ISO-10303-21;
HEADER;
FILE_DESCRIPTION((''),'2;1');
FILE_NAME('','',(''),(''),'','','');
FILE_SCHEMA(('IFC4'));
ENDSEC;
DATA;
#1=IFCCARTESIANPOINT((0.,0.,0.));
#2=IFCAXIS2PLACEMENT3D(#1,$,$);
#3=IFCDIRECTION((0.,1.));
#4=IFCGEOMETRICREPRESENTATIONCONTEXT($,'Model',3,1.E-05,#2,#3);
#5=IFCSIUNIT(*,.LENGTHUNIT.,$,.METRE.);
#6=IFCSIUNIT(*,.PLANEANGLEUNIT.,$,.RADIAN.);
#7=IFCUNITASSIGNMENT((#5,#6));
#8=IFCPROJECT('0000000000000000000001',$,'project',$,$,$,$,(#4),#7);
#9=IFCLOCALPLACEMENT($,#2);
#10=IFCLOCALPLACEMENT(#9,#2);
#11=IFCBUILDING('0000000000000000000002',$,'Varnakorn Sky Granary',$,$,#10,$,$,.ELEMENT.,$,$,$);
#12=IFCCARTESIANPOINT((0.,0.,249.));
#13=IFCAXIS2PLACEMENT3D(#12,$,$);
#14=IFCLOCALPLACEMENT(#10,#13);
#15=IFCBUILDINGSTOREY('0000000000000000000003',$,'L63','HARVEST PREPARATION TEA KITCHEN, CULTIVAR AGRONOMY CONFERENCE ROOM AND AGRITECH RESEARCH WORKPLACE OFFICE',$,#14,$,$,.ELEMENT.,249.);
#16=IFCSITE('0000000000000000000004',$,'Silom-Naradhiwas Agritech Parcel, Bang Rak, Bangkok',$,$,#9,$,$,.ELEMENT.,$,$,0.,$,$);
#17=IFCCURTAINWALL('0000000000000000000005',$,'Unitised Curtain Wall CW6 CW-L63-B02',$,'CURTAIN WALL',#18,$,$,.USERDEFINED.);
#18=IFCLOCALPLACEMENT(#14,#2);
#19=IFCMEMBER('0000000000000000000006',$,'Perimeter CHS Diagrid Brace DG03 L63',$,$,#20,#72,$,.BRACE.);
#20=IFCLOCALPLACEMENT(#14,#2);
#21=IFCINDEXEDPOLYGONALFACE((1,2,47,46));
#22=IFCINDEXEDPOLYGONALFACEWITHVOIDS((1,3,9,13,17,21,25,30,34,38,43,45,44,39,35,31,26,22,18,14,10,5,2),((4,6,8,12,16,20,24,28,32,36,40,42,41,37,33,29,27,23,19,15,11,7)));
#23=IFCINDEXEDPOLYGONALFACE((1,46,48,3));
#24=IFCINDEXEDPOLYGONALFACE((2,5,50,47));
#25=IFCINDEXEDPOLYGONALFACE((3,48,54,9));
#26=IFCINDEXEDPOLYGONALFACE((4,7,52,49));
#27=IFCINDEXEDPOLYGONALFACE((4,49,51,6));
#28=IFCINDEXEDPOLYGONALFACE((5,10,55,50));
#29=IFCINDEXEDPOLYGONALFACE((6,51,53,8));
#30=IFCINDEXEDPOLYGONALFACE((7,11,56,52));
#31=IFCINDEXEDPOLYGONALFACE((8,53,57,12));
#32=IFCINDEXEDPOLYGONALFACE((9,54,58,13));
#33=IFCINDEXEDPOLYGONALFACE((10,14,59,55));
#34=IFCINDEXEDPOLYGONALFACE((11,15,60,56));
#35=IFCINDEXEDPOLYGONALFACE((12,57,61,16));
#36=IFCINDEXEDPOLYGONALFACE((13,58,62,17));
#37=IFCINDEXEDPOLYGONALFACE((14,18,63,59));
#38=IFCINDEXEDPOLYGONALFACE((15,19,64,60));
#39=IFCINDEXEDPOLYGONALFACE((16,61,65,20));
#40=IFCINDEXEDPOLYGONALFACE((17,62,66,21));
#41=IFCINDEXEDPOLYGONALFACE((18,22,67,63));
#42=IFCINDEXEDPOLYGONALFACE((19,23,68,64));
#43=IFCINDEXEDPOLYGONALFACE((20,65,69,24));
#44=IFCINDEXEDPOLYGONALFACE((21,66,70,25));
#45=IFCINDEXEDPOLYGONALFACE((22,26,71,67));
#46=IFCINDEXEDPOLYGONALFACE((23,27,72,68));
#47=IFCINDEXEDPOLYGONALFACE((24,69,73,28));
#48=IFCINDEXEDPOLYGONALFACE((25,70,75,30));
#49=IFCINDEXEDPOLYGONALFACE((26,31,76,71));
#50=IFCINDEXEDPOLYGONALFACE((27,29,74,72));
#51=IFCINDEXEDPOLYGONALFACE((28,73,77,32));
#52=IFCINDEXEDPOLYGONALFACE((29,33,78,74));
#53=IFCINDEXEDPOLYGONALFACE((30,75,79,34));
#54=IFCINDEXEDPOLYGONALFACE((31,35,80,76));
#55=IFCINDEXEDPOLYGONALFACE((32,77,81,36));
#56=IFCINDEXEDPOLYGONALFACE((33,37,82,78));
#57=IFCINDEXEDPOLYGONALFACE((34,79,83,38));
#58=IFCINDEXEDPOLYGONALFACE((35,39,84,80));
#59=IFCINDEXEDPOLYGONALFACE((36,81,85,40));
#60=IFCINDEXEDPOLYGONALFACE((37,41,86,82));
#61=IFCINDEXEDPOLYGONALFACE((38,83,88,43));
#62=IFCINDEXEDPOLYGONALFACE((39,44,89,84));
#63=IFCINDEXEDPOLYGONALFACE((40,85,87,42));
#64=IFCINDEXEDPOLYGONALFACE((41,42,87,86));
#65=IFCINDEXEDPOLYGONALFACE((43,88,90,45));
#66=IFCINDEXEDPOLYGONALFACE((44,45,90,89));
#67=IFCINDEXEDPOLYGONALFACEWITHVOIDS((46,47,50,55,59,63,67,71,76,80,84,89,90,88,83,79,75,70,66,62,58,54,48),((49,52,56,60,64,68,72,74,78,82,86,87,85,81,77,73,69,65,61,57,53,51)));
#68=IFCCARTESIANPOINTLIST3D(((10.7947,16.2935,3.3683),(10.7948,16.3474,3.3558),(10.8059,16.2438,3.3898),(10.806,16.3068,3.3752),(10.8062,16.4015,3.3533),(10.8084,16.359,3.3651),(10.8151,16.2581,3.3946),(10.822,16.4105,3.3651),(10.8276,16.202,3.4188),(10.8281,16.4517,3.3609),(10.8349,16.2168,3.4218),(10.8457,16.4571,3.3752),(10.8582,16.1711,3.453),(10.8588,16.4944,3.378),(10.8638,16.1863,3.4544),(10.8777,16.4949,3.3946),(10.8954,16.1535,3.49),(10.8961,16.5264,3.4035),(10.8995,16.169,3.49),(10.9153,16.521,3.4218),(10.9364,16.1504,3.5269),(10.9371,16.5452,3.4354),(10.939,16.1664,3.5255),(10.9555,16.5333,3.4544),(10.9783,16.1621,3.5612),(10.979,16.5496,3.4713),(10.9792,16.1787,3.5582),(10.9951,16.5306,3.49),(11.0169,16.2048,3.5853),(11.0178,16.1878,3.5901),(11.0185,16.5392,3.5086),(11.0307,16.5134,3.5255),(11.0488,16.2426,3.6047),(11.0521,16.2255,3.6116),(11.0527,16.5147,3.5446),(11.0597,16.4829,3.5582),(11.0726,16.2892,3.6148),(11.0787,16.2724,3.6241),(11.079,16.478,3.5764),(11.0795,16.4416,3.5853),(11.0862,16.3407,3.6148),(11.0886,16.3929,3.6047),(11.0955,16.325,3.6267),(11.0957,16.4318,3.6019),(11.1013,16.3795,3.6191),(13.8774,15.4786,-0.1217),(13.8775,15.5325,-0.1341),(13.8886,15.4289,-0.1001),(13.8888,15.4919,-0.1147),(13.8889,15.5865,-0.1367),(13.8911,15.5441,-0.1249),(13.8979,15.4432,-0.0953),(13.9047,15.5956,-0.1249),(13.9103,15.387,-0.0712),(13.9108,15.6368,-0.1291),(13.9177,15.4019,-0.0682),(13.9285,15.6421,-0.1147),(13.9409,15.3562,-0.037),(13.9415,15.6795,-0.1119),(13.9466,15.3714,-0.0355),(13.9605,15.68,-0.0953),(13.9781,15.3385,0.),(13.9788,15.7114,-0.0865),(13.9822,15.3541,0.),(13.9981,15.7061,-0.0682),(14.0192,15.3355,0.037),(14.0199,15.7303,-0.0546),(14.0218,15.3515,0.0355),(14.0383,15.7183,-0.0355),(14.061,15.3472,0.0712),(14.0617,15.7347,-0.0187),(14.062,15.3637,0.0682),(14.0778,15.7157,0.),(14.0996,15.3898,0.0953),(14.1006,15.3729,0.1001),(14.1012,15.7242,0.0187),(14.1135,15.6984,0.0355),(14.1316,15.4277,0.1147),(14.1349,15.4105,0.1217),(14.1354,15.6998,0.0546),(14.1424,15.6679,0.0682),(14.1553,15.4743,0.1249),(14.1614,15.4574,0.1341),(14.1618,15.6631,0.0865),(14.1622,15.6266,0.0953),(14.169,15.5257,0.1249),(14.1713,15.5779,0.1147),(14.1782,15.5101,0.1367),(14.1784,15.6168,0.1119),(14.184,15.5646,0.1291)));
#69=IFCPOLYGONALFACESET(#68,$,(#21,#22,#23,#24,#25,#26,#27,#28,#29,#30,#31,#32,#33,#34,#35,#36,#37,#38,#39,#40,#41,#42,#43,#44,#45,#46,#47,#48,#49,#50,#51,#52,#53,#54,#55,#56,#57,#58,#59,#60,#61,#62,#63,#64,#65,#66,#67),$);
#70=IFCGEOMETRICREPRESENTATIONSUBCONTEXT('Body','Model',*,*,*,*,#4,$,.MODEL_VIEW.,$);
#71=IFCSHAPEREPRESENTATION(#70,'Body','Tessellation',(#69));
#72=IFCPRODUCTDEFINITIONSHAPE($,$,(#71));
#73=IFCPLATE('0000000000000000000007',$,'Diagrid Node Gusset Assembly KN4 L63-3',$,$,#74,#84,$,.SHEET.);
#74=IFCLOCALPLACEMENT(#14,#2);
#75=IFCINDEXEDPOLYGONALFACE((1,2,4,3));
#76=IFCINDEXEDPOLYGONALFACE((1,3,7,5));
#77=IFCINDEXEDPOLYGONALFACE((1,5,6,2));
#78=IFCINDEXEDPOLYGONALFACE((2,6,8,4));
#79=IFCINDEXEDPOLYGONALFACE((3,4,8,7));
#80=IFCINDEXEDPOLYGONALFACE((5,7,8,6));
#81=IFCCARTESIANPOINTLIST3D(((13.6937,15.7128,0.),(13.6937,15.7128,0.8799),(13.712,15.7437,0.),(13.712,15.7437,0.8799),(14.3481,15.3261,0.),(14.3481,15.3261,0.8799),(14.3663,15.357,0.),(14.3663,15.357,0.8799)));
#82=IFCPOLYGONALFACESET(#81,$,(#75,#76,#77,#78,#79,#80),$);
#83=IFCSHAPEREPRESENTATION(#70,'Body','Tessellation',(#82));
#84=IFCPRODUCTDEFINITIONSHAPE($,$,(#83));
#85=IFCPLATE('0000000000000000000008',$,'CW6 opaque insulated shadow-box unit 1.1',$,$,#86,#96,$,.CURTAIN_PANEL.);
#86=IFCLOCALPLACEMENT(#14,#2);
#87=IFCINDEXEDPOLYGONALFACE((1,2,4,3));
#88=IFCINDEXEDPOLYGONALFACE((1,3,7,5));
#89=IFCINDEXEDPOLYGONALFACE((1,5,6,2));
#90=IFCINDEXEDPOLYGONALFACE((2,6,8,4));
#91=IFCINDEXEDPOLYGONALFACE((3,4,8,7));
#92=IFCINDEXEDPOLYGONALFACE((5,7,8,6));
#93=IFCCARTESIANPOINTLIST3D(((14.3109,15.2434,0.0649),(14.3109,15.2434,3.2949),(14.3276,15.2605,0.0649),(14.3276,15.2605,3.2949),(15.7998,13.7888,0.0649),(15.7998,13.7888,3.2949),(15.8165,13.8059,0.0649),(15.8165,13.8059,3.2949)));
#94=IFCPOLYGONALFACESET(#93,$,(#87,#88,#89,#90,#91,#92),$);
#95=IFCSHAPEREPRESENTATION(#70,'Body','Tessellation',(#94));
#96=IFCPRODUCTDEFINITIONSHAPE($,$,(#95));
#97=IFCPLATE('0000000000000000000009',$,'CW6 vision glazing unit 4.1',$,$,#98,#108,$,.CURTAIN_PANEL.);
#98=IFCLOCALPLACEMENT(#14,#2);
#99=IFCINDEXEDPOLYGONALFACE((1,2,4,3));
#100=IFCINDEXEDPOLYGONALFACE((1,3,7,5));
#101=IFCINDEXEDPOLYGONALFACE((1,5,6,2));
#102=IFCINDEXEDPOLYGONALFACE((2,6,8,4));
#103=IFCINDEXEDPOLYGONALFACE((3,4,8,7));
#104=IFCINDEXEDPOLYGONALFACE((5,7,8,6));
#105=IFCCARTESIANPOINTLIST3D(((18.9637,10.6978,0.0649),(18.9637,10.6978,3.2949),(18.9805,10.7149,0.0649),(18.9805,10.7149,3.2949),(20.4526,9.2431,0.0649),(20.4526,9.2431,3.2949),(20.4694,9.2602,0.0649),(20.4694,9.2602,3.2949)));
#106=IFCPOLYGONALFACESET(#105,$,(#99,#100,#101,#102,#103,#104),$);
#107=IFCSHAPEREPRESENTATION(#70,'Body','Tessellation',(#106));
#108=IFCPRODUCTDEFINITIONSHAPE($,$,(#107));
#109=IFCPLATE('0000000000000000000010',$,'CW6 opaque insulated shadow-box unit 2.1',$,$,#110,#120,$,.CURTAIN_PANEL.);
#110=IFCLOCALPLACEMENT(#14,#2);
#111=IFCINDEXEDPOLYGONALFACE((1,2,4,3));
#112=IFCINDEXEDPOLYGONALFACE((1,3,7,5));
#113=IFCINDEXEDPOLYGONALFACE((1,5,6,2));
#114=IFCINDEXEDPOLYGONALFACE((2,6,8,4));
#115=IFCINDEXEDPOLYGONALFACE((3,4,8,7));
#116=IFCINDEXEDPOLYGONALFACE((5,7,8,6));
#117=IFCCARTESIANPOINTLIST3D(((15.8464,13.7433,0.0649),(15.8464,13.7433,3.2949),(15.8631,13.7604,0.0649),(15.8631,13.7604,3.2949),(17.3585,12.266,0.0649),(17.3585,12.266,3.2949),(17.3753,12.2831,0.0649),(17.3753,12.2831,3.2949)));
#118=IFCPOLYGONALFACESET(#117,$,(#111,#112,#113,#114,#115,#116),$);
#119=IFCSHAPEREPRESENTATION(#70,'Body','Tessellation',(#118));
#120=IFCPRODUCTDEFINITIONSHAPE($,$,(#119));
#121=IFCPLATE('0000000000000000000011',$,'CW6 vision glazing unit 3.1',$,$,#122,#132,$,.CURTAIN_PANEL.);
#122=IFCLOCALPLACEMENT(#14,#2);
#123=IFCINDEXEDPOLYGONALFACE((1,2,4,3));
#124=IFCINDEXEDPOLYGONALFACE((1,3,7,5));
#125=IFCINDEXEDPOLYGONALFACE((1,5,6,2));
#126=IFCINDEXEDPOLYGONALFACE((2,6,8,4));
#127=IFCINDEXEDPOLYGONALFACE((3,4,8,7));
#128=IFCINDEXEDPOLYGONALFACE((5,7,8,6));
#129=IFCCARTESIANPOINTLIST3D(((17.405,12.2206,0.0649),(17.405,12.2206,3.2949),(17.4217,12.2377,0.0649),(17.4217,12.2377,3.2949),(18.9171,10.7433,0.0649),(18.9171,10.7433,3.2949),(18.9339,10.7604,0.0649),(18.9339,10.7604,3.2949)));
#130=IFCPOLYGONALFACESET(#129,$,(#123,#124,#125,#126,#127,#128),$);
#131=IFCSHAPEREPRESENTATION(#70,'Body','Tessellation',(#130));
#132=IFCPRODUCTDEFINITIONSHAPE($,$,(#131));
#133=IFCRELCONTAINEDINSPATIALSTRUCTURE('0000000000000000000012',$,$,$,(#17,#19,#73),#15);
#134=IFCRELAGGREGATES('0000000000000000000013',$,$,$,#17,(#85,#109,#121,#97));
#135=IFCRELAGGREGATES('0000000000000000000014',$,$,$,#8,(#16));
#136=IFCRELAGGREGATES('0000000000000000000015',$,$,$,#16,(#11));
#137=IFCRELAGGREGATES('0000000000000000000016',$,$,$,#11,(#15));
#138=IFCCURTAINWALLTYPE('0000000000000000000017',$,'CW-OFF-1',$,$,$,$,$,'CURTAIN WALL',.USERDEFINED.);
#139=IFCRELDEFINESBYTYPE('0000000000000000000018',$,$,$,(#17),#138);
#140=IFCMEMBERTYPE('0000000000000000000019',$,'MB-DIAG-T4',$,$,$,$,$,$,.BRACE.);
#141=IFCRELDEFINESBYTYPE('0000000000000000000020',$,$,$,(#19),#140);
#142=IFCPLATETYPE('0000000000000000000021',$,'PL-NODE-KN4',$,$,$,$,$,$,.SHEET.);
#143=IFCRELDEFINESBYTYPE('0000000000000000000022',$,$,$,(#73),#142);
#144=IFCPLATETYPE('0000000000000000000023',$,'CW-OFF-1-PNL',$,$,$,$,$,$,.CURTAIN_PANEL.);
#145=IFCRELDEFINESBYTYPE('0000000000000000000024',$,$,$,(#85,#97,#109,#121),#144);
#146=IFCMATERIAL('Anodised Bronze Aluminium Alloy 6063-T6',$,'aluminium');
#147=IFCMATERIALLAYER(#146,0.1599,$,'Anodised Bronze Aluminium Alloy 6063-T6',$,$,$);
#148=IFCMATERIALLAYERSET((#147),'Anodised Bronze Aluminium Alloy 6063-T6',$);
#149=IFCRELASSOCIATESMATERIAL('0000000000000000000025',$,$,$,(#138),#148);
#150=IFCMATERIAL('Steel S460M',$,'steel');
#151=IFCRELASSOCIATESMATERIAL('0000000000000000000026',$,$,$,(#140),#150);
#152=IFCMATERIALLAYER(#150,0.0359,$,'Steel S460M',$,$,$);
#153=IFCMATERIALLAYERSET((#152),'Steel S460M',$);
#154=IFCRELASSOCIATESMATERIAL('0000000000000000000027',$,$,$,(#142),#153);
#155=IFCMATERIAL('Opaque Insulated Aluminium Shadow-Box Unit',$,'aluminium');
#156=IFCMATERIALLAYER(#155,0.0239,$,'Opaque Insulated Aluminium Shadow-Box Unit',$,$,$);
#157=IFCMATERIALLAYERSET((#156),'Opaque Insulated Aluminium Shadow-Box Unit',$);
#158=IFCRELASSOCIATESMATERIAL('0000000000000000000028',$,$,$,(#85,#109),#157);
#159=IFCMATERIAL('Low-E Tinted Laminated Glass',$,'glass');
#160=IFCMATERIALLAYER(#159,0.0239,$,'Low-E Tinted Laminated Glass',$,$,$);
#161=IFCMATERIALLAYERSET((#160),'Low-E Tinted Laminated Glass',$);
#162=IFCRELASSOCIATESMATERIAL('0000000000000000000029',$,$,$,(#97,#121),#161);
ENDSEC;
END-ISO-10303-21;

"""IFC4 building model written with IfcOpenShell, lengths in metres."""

from ifc_helpers import new_model, si_unit, direction, frame, origin, origin_2d, place, context, subcontext, project, spatial, rectangle, hollow_circle, extrude, source, transform, mapped, material, layer, layer_set, material_profile, profile_set, type_object, type_shapes, element, aggregate, save


model = new_model("IFC4")

# Units and contexts
model_context = context("Model", 3, precision=1e-05, world=origin(), true_north=direction((0.0, 1.0)))
body_context = subcontext(model_context, "Body", "Model", "MODEL_VIEW")
ifc_project = project(units=[si_unit("LENGTHUNIT", "METRE"), si_unit("PLANEANGLEUNIT", "RADIAN")], contexts=[model_context])

# Site, building, storey
site_placement = place(None, origin())
site = spatial("IfcSite", under=ifc_project, at=site_placement, Name="Silom-Naradhiwas Agritech Parcel, Bang Rak, Bangkok", CompositionType="ELEMENT", RefElevation=0.0)
building_placement = place(site_placement, origin())
building = spatial("IfcBuilding", under=site, at=building_placement, Name="Varnakorn Sky Granary", CompositionType="ELEMENT")
storey_placement = place(building_placement, frame((0.0, 0.0, 249.0)))
storey = spatial("IfcBuildingStorey", under=building, at=storey_placement, Name="L63", Description="HARVEST PREPARATION TEA KITCHEN, CULTIVAR AGRONOMY CONFERENCE ROOM AND AGRITECH RESEARCH WORKPLACE OFFICE", CompositionType="ELEMENT", Elevation=249.0)

# Curtain wall
ifc_material_1 = material(Name="Anodised Bronze Aluminium Alloy 6063-T6", Category="aluminium")
ifc_layer_1 = layer(ifc_material_1, 0.1599, Name="Anodised Bronze Aluminium Alloy 6063-T6")
ifc_layer_set_1 = layer_set([ifc_layer_1], Name="Anodised Bronze Aluminium Alloy 6063-T6")
curtain_wall_type = type_object("IfcCurtainWallType", Name="CW-OFF-1", ElementType="CURTAIN WALL", PredefinedType="USERDEFINED", material=ifc_layer_set_1)
curtain_wall_placement = place(storey_placement, origin())
curtain_wall = element("IfcCurtainWall", 1, at=curtain_wall_placement, inside=storey, type_object=curtain_wall_type, Name="Unitised Curtain Wall CW6 CW-L63-B02", ObjectType="CURTAIN WALL", PredefinedType="USERDEFINED")

# Member
ifc_material_2 = material(Name="Steel S460M", Category="steel")
ifc_material_profile_1 = material_profile(ifc_material_2, hollow_circle(Radius=0.2031, WallThickness=0.0161, at=origin_2d()), Name="CHS 406.4x16")
ifc_profile_set_1 = profile_set([ifc_material_profile_1], Name="Steel S460M")
member_type_1 = type_object("IfcMemberType", Name="MB-DIAG-T4", PredefinedType="BRACE", material=ifc_profile_set_1)
member_1_placement = place(storey_placement, frame((14.03, 15.5349, 0.0), z_axis=(-0.652116, 0.17239, 0.738259), x_axis=(-0.255575, -0.966789, 0.0)))
element("IfcMember", 2, at=member_1_placement, inside=storey, type_object=member_type_1, Name="Perimeter CHS Diagrid Brace DG03 L63", PredefinedType="BRACE", context=body_context, shape_type="SweptSolid", body=[
    extrude(hollow_circle(Radius=0.2031, WallThickness=0.0161, at=origin_2d()), origin(), (0.0, 0.0, 1.0), 4.7273),
])

# Plates
ifc_layer_2 = layer(ifc_material_2, 0.0359, Name="Steel S460M")
ifc_layer_set_2 = layer_set([ifc_layer_2], Name="Steel S460M")
plate_type_1 = type_object("IfcPlateType", Name="PL-NODE-KN4", PredefinedType="SHEET", material=ifc_layer_set_2)
plate_1_placement = place(storey_placement, frame((14.03, 15.5349, 0.0), z_axis=(0.0, 0.0, 1.0), x_axis=(-0.860918, 0.508744, 0.0)))
element("IfcPlate", 3, at=plate_1_placement, inside=storey, type_object=plate_type_1, Name="Diagrid Node Gusset Assembly KN4 L63-3", PredefinedType="SHEET", context=body_context, shape_type="SweptSolid", body=[
    extrude(rectangle(XDim=0.76, YDim=0.0359, at=origin_2d()), origin(), (0.0, 0.0, 1.0), 0.8799),
])
ifc_material_3 = material(Name="Opaque Insulated Aluminium Shadow-Box Unit", Category="aluminium")
ifc_layer_3 = layer(ifc_material_3, 0.0239, Name="Opaque Insulated Aluminium Shadow-Box Unit")
ifc_layer_set_3 = layer_set([ifc_layer_3], Name="Opaque Insulated Aluminium Shadow-Box Unit")
plate_type_2 = type_object("IfcPlateType", Name="CW-OFF-1-PNL", PredefinedType="CURTAIN_PANEL")
shared_shape_1 = source(origin(), body_context, "Body", "SweptSolid", [
    extrude(rectangle(XDim=2.0815, YDim=0.0239, at=origin_2d()), origin(), (0.0, 0.0, 1.0), 3.23),
])
plate_2_placement = place(storey_placement, frame((15.0637, 14.5247, 0.0649), z_axis=(0.0, 0.0, 1.0), x_axis=(0.715285, -0.698833, 0.0)))
plate_2 = element("IfcPlate", 4, at=plate_2_placement, type_object=plate_type_2, material=ifc_layer_set_3, Name="CW6 opaque insulated shadow-box unit 1.1", PredefinedType="CURTAIN_PANEL", context=body_context, shape_type="MappedRepresentation", body=[
    mapped(shared_shape_1, transform((0.0, 0.0, 0.0), x_axis=(1.0, 0.0, 0.0), y_axis=(0.0, 1.0, 0.0), z_axis=(0.0, 0.0, 1.0), scale=1.0)),
])
ifc_material_4 = material(Name="Low-E Tinted Laminated Glass", Category="glass")
ifc_layer_4 = layer(ifc_material_4, 0.0239, Name="Low-E Tinted Laminated Glass")
ifc_layer_set_4 = layer_set([ifc_layer_4], Name="Low-E Tinted Laminated Glass")
plate_3_placement = place(storey_placement, frame((19.7166, 9.979, 0.0649), z_axis=(0.0, 0.0, 1.0), x_axis=(0.715285, -0.698833, 0.0)))
plate_3 = element("IfcPlate", 5, at=plate_3_placement, type_object=plate_type_2, material=ifc_layer_set_4, Name="CW6 vision glazing unit 4.1", PredefinedType="CURTAIN_PANEL", context=body_context, shape_type="MappedRepresentation", body=[
    mapped(shared_shape_1, transform((0.0, 0.0, 0.0), x_axis=(1.0, 0.0, 0.0), y_axis=(0.0, 1.0, 0.0), z_axis=(0.0, 0.0, 1.0), scale=1.0)),
])
shared_shape_2 = source(origin(), body_context, "Body", "SweptSolid", [
    extrude(rectangle(XDim=2.114, YDim=0.0239, at=origin_2d()), origin(), (0.0, 0.0, 1.0), 3.23),
])
type_shapes(plate_type_2, [shared_shape_1, shared_shape_2])
plate_4_placement = place(storey_placement, frame((16.6108, 13.0132, 0.0649), z_axis=(0.0, 0.0, 1.0), x_axis=(0.715285, -0.698833, 0.0)))
plate_4 = element("IfcPlate", 6, at=plate_4_placement, type_object=plate_type_2, material=ifc_layer_set_3, Name="CW6 opaque insulated shadow-box unit 2.1", PredefinedType="CURTAIN_PANEL", context=body_context, shape_type="MappedRepresentation", body=[
    mapped(shared_shape_2, transform((0.0, 0.0, 0.0), x_axis=(1.0, 0.0, 0.0), y_axis=(0.0, 1.0, 0.0), z_axis=(0.0, 0.0, 1.0), scale=1.0)),
])
plate_5_placement = place(storey_placement, frame((18.1694, 11.4905, 0.0649), z_axis=(0.0, 0.0, 1.0), x_axis=(0.715285, -0.698833, 0.0)))
plate_5 = element("IfcPlate", 7, at=plate_5_placement, type_object=plate_type_2, material=ifc_layer_set_4, Name="CW6 vision glazing unit 3.1", PredefinedType="CURTAIN_PANEL", context=body_context, shape_type="MappedRepresentation", body=[
    mapped(shared_shape_2, transform((0.0, 0.0, 0.0), x_axis=(1.0, 0.0, 0.0), y_axis=(0.0, 1.0, 0.0), z_axis=(0.0, 0.0, 1.0), scale=1.0)),
])
aggregate(curtain_wall, [plate_2, plate_4, plate_5, plate_3])

save(model, "model.ifc")
